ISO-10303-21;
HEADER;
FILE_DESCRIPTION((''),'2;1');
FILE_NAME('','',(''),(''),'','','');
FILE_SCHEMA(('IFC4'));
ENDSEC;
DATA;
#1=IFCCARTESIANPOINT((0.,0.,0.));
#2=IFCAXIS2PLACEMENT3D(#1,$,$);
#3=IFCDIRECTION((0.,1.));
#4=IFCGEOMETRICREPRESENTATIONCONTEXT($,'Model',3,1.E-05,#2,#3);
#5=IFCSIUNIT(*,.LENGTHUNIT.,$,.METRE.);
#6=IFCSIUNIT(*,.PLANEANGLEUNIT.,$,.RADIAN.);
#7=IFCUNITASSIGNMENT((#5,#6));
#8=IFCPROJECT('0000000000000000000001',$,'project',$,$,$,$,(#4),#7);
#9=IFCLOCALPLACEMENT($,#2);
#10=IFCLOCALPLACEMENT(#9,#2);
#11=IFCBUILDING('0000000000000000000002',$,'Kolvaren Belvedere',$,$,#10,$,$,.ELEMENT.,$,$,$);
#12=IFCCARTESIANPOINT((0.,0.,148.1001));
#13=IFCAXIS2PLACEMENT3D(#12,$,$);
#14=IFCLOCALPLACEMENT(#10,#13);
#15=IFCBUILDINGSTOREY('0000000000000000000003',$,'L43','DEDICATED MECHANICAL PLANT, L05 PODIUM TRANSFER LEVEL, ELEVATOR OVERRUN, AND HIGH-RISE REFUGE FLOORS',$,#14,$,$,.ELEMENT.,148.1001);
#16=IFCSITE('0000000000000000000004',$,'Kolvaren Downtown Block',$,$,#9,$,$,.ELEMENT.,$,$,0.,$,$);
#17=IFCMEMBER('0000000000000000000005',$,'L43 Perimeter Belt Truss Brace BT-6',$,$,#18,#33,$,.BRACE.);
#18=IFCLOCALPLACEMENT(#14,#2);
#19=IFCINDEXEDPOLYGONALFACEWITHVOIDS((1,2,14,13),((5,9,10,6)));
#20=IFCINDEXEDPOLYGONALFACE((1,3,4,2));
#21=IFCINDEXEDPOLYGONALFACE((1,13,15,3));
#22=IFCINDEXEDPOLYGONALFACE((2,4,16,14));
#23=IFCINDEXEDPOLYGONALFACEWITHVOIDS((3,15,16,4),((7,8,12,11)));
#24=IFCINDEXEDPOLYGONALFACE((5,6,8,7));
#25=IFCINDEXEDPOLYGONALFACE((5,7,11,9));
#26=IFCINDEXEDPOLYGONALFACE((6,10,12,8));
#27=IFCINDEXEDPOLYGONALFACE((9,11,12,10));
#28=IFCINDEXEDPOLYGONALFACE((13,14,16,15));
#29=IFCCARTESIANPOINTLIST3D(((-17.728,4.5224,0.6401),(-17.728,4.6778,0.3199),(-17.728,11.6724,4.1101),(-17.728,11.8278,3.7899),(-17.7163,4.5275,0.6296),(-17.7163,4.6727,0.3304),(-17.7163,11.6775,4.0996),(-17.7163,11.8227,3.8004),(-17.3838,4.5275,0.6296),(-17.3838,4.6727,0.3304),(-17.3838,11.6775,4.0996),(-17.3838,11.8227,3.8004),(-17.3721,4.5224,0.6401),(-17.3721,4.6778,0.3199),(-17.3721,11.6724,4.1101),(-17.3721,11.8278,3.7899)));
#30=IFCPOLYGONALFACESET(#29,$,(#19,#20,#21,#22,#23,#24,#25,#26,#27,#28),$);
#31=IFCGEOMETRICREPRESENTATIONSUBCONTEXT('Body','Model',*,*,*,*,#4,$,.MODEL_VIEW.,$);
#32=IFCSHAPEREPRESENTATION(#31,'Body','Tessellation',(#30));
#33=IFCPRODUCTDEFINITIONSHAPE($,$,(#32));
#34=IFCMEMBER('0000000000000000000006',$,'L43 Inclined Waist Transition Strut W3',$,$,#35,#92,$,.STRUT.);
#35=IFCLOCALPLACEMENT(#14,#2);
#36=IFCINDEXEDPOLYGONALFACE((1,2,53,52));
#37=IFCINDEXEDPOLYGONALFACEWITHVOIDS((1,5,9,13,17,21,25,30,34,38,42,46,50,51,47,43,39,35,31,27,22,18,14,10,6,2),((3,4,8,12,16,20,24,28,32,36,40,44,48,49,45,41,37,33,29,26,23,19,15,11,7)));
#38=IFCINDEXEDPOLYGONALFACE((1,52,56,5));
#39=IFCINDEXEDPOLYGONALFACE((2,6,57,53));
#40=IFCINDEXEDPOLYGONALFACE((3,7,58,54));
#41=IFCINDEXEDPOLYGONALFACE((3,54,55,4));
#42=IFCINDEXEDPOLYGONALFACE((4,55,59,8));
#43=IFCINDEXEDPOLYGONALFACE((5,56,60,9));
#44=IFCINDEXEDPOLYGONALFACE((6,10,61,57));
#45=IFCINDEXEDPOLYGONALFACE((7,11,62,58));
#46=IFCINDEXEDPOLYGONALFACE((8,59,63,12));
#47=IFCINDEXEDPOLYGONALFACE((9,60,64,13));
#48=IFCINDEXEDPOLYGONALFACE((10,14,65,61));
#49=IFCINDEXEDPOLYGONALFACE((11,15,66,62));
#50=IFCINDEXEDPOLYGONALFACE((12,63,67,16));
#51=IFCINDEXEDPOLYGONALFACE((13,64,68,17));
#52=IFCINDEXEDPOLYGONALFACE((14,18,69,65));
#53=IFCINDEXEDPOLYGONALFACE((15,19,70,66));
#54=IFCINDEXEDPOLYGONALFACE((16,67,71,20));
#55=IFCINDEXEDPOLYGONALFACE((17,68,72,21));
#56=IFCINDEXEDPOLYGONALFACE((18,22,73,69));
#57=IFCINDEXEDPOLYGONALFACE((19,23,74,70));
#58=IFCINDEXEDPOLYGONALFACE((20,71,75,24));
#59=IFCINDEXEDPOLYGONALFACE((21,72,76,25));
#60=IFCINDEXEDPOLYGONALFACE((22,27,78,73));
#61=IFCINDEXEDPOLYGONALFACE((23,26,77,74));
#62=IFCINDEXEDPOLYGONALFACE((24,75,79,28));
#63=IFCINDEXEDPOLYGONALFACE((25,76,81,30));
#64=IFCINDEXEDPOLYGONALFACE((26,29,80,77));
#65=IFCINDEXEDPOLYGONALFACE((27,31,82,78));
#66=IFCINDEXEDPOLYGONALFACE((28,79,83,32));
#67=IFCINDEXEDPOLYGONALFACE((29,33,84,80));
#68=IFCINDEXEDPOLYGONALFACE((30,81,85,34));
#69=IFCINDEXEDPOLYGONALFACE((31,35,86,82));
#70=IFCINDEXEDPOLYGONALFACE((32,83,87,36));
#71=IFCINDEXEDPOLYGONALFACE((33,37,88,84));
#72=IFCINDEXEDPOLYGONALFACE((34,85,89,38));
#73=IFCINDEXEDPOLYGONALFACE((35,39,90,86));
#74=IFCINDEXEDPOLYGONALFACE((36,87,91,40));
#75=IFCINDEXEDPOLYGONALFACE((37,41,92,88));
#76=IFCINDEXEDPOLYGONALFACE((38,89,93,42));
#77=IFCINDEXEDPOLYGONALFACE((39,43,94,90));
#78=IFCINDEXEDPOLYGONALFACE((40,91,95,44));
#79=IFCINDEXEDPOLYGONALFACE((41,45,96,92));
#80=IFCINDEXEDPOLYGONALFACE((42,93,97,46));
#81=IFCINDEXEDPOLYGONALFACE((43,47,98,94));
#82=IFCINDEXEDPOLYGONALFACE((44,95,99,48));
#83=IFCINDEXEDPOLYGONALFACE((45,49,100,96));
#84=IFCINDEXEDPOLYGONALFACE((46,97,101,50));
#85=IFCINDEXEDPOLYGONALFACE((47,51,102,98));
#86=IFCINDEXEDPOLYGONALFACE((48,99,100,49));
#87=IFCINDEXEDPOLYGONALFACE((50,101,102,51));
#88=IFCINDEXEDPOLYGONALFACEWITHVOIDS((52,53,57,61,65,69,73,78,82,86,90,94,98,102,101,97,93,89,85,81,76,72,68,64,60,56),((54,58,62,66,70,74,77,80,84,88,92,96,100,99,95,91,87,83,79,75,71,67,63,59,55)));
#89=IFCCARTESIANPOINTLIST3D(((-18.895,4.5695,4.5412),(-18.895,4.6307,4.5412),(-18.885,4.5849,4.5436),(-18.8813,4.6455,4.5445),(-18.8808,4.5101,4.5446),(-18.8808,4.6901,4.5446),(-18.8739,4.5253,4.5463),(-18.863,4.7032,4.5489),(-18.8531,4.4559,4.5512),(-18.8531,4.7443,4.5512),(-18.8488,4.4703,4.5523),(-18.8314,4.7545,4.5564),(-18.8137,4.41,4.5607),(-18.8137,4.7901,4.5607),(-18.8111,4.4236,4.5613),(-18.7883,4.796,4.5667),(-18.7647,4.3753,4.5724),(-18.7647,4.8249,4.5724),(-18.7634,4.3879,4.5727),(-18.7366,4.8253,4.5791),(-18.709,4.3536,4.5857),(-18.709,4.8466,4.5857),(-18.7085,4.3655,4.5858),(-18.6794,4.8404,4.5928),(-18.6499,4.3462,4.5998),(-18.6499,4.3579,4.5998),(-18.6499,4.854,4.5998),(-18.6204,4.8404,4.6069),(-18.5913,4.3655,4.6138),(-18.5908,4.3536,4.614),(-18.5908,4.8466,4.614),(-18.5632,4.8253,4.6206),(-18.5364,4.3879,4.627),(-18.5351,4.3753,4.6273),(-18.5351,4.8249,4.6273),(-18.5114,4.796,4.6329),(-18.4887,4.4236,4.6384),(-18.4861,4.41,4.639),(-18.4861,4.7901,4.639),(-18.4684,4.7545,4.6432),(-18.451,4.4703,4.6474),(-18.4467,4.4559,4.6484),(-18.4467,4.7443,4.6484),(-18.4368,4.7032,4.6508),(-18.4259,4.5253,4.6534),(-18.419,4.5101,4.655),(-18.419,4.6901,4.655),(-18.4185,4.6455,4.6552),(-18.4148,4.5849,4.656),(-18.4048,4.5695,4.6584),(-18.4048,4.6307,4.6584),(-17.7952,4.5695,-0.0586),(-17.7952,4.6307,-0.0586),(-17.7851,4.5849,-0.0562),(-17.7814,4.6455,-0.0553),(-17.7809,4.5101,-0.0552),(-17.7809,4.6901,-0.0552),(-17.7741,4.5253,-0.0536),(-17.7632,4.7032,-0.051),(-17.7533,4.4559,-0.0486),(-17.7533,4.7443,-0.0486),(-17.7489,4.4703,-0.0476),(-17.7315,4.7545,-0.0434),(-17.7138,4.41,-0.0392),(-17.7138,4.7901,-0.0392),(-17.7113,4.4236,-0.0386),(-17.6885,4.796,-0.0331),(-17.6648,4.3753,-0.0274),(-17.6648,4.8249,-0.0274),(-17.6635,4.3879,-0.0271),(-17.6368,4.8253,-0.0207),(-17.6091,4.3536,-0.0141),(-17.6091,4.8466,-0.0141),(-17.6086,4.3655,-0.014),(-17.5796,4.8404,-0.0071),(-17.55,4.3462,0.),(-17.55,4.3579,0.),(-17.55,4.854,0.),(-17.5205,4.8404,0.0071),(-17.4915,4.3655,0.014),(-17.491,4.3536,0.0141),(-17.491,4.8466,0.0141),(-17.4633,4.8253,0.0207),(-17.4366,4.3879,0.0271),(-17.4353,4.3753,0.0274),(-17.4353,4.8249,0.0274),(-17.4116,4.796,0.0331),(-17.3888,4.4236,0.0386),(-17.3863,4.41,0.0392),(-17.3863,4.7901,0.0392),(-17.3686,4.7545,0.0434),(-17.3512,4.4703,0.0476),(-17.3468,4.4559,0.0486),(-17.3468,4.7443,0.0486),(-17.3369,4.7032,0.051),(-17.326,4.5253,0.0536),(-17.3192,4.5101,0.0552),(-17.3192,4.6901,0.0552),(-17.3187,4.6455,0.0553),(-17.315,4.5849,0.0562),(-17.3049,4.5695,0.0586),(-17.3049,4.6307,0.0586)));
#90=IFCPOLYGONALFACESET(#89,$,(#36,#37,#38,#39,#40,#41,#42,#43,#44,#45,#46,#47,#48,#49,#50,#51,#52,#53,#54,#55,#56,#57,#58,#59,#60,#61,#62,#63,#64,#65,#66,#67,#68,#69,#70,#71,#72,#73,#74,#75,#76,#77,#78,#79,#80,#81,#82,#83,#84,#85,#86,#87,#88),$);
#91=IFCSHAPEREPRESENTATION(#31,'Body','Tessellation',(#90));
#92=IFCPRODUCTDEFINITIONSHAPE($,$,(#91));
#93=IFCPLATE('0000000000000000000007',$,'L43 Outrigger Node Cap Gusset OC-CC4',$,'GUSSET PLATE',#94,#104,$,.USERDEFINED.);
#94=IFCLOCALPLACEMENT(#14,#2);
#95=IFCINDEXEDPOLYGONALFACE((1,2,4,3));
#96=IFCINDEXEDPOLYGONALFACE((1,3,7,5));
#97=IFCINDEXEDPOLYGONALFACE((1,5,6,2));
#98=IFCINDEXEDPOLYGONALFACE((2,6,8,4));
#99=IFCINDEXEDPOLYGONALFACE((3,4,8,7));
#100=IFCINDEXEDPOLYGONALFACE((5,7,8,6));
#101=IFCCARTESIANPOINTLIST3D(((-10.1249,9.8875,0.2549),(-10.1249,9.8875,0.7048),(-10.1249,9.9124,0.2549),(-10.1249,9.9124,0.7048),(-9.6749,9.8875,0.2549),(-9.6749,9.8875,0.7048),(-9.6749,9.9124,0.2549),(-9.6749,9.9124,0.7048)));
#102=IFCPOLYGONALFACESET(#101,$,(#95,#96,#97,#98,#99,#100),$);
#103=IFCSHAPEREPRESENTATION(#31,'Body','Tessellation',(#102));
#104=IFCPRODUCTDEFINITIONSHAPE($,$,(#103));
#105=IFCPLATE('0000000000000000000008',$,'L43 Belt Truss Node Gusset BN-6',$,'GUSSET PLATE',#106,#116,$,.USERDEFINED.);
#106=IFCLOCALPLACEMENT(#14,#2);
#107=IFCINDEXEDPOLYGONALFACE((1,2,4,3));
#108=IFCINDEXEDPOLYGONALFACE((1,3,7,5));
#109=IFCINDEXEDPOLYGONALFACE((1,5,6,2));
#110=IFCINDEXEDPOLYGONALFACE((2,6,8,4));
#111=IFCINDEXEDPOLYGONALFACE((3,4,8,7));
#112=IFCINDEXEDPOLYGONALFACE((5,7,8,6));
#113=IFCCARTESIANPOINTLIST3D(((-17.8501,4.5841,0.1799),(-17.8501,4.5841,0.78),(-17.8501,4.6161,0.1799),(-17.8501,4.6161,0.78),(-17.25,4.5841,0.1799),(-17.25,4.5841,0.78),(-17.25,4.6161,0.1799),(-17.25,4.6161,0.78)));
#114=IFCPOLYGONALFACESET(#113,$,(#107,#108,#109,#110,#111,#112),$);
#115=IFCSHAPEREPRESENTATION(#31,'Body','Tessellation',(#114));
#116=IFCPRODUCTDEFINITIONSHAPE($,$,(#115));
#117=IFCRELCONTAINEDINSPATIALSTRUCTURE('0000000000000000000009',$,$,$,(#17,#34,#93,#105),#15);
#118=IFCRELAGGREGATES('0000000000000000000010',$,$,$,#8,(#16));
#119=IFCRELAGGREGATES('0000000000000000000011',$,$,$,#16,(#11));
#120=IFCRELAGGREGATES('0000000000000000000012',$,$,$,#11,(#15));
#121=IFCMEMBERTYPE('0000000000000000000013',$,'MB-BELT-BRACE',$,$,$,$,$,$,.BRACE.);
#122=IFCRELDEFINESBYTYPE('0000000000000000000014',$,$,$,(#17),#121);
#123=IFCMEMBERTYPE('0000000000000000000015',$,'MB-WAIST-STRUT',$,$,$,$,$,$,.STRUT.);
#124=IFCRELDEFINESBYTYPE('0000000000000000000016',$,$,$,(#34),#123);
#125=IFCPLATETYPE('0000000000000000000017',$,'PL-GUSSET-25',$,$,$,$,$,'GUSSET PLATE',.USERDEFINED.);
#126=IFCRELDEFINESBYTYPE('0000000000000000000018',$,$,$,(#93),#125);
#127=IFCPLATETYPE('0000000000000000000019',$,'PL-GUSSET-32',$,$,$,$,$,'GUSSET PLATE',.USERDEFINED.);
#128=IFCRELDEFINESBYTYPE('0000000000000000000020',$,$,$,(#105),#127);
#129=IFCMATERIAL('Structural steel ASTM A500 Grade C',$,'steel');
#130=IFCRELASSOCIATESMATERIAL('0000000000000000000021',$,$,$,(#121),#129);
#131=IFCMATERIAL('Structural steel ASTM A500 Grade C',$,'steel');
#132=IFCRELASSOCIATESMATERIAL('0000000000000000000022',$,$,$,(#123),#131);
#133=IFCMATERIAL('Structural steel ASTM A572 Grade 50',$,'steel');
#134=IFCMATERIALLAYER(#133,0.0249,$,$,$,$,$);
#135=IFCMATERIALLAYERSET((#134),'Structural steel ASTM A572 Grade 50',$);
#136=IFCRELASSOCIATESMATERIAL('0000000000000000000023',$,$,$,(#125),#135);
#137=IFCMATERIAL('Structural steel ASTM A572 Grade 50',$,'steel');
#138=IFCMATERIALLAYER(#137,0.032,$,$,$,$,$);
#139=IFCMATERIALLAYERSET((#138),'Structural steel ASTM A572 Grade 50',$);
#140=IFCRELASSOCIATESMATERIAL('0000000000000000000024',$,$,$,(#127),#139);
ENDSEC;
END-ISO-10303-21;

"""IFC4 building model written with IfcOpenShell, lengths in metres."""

from ifc_helpers import new_model, si_unit, direction, frame, origin, origin_2d, place, context, subcontext, project, spatial, rectangle, hollow_rectangle, hollow_circle, extrude, material, layer, layer_set, material_profile, profile_set, type_object, element, save


model = new_model("IFC4")

# Units and contexts
model_context = context("Model", 3, precision=1e-05, world=origin(), true_north=direction((0.0, 1.0)))
body_context = subcontext(model_context, "Body", "Model", "MODEL_VIEW")
ifc_project = project(units=[si_unit("LENGTHUNIT", "METRE"), si_unit("PLANEANGLEUNIT", "RADIAN")], contexts=[model_context])

# Site, building, storey
site_placement = place(None, origin())
site = spatial("IfcSite", under=ifc_project, at=site_placement, Name="Kolvaren Downtown Block", CompositionType="ELEMENT", RefElevation=0.0)
building_placement = place(site_placement, origin())
building = spatial("IfcBuilding", under=site, at=building_placement, Name="Kolvaren Belvedere", CompositionType="ELEMENT")
storey_placement = place(building_placement, frame((0.0, 0.0, 148.1001)))
storey = spatial("IfcBuildingStorey", under=building, at=storey_placement, Name="L43", Description="DEDICATED MECHANICAL PLANT, L05 PODIUM TRANSFER LEVEL, ELEVATOR OVERRUN, AND HIGH-RISE REFUGE FLOORS", CompositionType="ELEMENT", Elevation=148.1001)

# Members
ifc_material_1 = material(Name="Structural steel ASTM A500 Grade C", Category="steel")
ifc_material_profile_1 = material_profile(ifc_material_1, hollow_rectangle(XDim=0.356, YDim=0.356, WallThickness=0.0117, at=origin_2d()), Name="HSS14X14X1/2")
ifc_profile_set_1 = profile_set([ifc_material_profile_1], Name="Structural steel ASTM A500 Grade C")
member_type_1 = type_object("IfcMemberType", Name="MB-BELT-BRACE", PredefinedType="BRACE", material=ifc_profile_set_1)
member_1_placement = place(storey_placement, frame((-17.55, 4.6001, 0.48), z_axis=(0.0, 0.899649, 0.436615), x_axis=(-1.0, 0.0, 0.0)))
element("IfcMember", 1, at=member_1_placement, inside=storey, type_object=member_type_1, Name="L43 Perimeter Belt Truss Brace BT-6", PredefinedType="BRACE", context=body_context, shape_type="SweptSolid", body=[
    extrude(hollow_rectangle(XDim=0.356, YDim=0.356, WallThickness=0.0117, at=origin_2d()), origin(), (0.0, 0.0, 1.0), 7.9475),
])
ifc_material_2 = material(Name="Structural steel ASTM A500 Grade C", Category="steel")
ifc_material_profile_2 = material_profile(ifc_material_2, hollow_circle(Radius=0.2539, WallThickness=0.0117, at=origin_2d()), Name="HSS20.000X0.500")
ifc_profile_set_2 = profile_set([ifc_material_profile_2], Name="Structural steel ASTM A500 Grade C")
member_type_2 = type_object("IfcMemberType", Name="MB-WAIST-STRUT", PredefinedType="STRUT", material=ifc_profile_set_2)
member_2_placement = place(storey_placement, frame((-17.55, 4.6001, 0.0), z_axis=(-0.232551, 0.0, 0.972584), x_axis=(0.0, -1.0, 0.0)))
element("IfcMember", 2, at=member_2_placement, inside=storey, type_object=member_type_2, Name="L43 Inclined Waist Transition Strut W3", PredefinedType="STRUT", context=body_context, shape_type="SweptSolid", body=[
    extrude(hollow_circle(Radius=0.2539, WallThickness=0.0117, at=origin_2d()), origin(), (0.0, 0.0, 1.0), 4.7295),
])

# Plates
ifc_material_3 = material(Name="Structural steel ASTM A572 Grade 50", Category="steel")
ifc_layer_1 = layer(ifc_material_3, 0.0249)
ifc_layer_set_1 = layer_set([ifc_layer_1], Name="Structural steel ASTM A572 Grade 50")
plate_type_1 = type_object("IfcPlateType", Name="PL-GUSSET-25", ElementType="GUSSET PLATE", PredefinedType="USERDEFINED", material=ifc_layer_set_1)
plate_1_placement = place(storey_placement, frame((-9.8999, 9.8999, 0.2549), z_axis=(0.0, 0.0, 1.0), x_axis=(1.0, 0.0, 0.0)))
element("IfcPlate", 3, at=plate_1_placement, inside=storey, type_object=plate_type_1, Name="L43 Outrigger Node Cap Gusset OC-CC4", ObjectType="GUSSET PLATE", PredefinedType="USERDEFINED", context=body_context, shape_type="SweptSolid", body=[
    extrude(rectangle(XDim=0.45, YDim=0.0249, at=origin_2d()), origin(), (0.0, 0.0, 1.0), 0.45),
])
ifc_material_4 = material(Name="Structural steel ASTM A572 Grade 50", Category="steel")
ifc_layer_2 = layer(ifc_material_4, 0.032)
ifc_layer_set_2 = layer_set([ifc_layer_2], Name="Structural steel ASTM A572 Grade 50")
plate_type_2 = type_object("IfcPlateType", Name="PL-GUSSET-32", ElementType="GUSSET PLATE", PredefinedType="USERDEFINED", material=ifc_layer_set_2)
plate_2_placement = place(storey_placement, frame((-17.55, 4.6001, 0.1799), z_axis=(0.0, 0.0, 1.0), x_axis=(1.0, 0.0, 0.0)))
element("IfcPlate", 4, at=plate_2_placement, inside=storey, type_object=plate_type_2, Name="L43 Belt Truss Node Gusset BN-6", ObjectType="GUSSET PLATE", PredefinedType="USERDEFINED", context=body_context, shape_type="SweptSolid", body=[
    extrude(rectangle(XDim=0.6001, YDim=0.032, at=origin_2d()), origin(), (0.0, 0.0, 1.0), 0.6001),
])

save(model, "model.ifc")
